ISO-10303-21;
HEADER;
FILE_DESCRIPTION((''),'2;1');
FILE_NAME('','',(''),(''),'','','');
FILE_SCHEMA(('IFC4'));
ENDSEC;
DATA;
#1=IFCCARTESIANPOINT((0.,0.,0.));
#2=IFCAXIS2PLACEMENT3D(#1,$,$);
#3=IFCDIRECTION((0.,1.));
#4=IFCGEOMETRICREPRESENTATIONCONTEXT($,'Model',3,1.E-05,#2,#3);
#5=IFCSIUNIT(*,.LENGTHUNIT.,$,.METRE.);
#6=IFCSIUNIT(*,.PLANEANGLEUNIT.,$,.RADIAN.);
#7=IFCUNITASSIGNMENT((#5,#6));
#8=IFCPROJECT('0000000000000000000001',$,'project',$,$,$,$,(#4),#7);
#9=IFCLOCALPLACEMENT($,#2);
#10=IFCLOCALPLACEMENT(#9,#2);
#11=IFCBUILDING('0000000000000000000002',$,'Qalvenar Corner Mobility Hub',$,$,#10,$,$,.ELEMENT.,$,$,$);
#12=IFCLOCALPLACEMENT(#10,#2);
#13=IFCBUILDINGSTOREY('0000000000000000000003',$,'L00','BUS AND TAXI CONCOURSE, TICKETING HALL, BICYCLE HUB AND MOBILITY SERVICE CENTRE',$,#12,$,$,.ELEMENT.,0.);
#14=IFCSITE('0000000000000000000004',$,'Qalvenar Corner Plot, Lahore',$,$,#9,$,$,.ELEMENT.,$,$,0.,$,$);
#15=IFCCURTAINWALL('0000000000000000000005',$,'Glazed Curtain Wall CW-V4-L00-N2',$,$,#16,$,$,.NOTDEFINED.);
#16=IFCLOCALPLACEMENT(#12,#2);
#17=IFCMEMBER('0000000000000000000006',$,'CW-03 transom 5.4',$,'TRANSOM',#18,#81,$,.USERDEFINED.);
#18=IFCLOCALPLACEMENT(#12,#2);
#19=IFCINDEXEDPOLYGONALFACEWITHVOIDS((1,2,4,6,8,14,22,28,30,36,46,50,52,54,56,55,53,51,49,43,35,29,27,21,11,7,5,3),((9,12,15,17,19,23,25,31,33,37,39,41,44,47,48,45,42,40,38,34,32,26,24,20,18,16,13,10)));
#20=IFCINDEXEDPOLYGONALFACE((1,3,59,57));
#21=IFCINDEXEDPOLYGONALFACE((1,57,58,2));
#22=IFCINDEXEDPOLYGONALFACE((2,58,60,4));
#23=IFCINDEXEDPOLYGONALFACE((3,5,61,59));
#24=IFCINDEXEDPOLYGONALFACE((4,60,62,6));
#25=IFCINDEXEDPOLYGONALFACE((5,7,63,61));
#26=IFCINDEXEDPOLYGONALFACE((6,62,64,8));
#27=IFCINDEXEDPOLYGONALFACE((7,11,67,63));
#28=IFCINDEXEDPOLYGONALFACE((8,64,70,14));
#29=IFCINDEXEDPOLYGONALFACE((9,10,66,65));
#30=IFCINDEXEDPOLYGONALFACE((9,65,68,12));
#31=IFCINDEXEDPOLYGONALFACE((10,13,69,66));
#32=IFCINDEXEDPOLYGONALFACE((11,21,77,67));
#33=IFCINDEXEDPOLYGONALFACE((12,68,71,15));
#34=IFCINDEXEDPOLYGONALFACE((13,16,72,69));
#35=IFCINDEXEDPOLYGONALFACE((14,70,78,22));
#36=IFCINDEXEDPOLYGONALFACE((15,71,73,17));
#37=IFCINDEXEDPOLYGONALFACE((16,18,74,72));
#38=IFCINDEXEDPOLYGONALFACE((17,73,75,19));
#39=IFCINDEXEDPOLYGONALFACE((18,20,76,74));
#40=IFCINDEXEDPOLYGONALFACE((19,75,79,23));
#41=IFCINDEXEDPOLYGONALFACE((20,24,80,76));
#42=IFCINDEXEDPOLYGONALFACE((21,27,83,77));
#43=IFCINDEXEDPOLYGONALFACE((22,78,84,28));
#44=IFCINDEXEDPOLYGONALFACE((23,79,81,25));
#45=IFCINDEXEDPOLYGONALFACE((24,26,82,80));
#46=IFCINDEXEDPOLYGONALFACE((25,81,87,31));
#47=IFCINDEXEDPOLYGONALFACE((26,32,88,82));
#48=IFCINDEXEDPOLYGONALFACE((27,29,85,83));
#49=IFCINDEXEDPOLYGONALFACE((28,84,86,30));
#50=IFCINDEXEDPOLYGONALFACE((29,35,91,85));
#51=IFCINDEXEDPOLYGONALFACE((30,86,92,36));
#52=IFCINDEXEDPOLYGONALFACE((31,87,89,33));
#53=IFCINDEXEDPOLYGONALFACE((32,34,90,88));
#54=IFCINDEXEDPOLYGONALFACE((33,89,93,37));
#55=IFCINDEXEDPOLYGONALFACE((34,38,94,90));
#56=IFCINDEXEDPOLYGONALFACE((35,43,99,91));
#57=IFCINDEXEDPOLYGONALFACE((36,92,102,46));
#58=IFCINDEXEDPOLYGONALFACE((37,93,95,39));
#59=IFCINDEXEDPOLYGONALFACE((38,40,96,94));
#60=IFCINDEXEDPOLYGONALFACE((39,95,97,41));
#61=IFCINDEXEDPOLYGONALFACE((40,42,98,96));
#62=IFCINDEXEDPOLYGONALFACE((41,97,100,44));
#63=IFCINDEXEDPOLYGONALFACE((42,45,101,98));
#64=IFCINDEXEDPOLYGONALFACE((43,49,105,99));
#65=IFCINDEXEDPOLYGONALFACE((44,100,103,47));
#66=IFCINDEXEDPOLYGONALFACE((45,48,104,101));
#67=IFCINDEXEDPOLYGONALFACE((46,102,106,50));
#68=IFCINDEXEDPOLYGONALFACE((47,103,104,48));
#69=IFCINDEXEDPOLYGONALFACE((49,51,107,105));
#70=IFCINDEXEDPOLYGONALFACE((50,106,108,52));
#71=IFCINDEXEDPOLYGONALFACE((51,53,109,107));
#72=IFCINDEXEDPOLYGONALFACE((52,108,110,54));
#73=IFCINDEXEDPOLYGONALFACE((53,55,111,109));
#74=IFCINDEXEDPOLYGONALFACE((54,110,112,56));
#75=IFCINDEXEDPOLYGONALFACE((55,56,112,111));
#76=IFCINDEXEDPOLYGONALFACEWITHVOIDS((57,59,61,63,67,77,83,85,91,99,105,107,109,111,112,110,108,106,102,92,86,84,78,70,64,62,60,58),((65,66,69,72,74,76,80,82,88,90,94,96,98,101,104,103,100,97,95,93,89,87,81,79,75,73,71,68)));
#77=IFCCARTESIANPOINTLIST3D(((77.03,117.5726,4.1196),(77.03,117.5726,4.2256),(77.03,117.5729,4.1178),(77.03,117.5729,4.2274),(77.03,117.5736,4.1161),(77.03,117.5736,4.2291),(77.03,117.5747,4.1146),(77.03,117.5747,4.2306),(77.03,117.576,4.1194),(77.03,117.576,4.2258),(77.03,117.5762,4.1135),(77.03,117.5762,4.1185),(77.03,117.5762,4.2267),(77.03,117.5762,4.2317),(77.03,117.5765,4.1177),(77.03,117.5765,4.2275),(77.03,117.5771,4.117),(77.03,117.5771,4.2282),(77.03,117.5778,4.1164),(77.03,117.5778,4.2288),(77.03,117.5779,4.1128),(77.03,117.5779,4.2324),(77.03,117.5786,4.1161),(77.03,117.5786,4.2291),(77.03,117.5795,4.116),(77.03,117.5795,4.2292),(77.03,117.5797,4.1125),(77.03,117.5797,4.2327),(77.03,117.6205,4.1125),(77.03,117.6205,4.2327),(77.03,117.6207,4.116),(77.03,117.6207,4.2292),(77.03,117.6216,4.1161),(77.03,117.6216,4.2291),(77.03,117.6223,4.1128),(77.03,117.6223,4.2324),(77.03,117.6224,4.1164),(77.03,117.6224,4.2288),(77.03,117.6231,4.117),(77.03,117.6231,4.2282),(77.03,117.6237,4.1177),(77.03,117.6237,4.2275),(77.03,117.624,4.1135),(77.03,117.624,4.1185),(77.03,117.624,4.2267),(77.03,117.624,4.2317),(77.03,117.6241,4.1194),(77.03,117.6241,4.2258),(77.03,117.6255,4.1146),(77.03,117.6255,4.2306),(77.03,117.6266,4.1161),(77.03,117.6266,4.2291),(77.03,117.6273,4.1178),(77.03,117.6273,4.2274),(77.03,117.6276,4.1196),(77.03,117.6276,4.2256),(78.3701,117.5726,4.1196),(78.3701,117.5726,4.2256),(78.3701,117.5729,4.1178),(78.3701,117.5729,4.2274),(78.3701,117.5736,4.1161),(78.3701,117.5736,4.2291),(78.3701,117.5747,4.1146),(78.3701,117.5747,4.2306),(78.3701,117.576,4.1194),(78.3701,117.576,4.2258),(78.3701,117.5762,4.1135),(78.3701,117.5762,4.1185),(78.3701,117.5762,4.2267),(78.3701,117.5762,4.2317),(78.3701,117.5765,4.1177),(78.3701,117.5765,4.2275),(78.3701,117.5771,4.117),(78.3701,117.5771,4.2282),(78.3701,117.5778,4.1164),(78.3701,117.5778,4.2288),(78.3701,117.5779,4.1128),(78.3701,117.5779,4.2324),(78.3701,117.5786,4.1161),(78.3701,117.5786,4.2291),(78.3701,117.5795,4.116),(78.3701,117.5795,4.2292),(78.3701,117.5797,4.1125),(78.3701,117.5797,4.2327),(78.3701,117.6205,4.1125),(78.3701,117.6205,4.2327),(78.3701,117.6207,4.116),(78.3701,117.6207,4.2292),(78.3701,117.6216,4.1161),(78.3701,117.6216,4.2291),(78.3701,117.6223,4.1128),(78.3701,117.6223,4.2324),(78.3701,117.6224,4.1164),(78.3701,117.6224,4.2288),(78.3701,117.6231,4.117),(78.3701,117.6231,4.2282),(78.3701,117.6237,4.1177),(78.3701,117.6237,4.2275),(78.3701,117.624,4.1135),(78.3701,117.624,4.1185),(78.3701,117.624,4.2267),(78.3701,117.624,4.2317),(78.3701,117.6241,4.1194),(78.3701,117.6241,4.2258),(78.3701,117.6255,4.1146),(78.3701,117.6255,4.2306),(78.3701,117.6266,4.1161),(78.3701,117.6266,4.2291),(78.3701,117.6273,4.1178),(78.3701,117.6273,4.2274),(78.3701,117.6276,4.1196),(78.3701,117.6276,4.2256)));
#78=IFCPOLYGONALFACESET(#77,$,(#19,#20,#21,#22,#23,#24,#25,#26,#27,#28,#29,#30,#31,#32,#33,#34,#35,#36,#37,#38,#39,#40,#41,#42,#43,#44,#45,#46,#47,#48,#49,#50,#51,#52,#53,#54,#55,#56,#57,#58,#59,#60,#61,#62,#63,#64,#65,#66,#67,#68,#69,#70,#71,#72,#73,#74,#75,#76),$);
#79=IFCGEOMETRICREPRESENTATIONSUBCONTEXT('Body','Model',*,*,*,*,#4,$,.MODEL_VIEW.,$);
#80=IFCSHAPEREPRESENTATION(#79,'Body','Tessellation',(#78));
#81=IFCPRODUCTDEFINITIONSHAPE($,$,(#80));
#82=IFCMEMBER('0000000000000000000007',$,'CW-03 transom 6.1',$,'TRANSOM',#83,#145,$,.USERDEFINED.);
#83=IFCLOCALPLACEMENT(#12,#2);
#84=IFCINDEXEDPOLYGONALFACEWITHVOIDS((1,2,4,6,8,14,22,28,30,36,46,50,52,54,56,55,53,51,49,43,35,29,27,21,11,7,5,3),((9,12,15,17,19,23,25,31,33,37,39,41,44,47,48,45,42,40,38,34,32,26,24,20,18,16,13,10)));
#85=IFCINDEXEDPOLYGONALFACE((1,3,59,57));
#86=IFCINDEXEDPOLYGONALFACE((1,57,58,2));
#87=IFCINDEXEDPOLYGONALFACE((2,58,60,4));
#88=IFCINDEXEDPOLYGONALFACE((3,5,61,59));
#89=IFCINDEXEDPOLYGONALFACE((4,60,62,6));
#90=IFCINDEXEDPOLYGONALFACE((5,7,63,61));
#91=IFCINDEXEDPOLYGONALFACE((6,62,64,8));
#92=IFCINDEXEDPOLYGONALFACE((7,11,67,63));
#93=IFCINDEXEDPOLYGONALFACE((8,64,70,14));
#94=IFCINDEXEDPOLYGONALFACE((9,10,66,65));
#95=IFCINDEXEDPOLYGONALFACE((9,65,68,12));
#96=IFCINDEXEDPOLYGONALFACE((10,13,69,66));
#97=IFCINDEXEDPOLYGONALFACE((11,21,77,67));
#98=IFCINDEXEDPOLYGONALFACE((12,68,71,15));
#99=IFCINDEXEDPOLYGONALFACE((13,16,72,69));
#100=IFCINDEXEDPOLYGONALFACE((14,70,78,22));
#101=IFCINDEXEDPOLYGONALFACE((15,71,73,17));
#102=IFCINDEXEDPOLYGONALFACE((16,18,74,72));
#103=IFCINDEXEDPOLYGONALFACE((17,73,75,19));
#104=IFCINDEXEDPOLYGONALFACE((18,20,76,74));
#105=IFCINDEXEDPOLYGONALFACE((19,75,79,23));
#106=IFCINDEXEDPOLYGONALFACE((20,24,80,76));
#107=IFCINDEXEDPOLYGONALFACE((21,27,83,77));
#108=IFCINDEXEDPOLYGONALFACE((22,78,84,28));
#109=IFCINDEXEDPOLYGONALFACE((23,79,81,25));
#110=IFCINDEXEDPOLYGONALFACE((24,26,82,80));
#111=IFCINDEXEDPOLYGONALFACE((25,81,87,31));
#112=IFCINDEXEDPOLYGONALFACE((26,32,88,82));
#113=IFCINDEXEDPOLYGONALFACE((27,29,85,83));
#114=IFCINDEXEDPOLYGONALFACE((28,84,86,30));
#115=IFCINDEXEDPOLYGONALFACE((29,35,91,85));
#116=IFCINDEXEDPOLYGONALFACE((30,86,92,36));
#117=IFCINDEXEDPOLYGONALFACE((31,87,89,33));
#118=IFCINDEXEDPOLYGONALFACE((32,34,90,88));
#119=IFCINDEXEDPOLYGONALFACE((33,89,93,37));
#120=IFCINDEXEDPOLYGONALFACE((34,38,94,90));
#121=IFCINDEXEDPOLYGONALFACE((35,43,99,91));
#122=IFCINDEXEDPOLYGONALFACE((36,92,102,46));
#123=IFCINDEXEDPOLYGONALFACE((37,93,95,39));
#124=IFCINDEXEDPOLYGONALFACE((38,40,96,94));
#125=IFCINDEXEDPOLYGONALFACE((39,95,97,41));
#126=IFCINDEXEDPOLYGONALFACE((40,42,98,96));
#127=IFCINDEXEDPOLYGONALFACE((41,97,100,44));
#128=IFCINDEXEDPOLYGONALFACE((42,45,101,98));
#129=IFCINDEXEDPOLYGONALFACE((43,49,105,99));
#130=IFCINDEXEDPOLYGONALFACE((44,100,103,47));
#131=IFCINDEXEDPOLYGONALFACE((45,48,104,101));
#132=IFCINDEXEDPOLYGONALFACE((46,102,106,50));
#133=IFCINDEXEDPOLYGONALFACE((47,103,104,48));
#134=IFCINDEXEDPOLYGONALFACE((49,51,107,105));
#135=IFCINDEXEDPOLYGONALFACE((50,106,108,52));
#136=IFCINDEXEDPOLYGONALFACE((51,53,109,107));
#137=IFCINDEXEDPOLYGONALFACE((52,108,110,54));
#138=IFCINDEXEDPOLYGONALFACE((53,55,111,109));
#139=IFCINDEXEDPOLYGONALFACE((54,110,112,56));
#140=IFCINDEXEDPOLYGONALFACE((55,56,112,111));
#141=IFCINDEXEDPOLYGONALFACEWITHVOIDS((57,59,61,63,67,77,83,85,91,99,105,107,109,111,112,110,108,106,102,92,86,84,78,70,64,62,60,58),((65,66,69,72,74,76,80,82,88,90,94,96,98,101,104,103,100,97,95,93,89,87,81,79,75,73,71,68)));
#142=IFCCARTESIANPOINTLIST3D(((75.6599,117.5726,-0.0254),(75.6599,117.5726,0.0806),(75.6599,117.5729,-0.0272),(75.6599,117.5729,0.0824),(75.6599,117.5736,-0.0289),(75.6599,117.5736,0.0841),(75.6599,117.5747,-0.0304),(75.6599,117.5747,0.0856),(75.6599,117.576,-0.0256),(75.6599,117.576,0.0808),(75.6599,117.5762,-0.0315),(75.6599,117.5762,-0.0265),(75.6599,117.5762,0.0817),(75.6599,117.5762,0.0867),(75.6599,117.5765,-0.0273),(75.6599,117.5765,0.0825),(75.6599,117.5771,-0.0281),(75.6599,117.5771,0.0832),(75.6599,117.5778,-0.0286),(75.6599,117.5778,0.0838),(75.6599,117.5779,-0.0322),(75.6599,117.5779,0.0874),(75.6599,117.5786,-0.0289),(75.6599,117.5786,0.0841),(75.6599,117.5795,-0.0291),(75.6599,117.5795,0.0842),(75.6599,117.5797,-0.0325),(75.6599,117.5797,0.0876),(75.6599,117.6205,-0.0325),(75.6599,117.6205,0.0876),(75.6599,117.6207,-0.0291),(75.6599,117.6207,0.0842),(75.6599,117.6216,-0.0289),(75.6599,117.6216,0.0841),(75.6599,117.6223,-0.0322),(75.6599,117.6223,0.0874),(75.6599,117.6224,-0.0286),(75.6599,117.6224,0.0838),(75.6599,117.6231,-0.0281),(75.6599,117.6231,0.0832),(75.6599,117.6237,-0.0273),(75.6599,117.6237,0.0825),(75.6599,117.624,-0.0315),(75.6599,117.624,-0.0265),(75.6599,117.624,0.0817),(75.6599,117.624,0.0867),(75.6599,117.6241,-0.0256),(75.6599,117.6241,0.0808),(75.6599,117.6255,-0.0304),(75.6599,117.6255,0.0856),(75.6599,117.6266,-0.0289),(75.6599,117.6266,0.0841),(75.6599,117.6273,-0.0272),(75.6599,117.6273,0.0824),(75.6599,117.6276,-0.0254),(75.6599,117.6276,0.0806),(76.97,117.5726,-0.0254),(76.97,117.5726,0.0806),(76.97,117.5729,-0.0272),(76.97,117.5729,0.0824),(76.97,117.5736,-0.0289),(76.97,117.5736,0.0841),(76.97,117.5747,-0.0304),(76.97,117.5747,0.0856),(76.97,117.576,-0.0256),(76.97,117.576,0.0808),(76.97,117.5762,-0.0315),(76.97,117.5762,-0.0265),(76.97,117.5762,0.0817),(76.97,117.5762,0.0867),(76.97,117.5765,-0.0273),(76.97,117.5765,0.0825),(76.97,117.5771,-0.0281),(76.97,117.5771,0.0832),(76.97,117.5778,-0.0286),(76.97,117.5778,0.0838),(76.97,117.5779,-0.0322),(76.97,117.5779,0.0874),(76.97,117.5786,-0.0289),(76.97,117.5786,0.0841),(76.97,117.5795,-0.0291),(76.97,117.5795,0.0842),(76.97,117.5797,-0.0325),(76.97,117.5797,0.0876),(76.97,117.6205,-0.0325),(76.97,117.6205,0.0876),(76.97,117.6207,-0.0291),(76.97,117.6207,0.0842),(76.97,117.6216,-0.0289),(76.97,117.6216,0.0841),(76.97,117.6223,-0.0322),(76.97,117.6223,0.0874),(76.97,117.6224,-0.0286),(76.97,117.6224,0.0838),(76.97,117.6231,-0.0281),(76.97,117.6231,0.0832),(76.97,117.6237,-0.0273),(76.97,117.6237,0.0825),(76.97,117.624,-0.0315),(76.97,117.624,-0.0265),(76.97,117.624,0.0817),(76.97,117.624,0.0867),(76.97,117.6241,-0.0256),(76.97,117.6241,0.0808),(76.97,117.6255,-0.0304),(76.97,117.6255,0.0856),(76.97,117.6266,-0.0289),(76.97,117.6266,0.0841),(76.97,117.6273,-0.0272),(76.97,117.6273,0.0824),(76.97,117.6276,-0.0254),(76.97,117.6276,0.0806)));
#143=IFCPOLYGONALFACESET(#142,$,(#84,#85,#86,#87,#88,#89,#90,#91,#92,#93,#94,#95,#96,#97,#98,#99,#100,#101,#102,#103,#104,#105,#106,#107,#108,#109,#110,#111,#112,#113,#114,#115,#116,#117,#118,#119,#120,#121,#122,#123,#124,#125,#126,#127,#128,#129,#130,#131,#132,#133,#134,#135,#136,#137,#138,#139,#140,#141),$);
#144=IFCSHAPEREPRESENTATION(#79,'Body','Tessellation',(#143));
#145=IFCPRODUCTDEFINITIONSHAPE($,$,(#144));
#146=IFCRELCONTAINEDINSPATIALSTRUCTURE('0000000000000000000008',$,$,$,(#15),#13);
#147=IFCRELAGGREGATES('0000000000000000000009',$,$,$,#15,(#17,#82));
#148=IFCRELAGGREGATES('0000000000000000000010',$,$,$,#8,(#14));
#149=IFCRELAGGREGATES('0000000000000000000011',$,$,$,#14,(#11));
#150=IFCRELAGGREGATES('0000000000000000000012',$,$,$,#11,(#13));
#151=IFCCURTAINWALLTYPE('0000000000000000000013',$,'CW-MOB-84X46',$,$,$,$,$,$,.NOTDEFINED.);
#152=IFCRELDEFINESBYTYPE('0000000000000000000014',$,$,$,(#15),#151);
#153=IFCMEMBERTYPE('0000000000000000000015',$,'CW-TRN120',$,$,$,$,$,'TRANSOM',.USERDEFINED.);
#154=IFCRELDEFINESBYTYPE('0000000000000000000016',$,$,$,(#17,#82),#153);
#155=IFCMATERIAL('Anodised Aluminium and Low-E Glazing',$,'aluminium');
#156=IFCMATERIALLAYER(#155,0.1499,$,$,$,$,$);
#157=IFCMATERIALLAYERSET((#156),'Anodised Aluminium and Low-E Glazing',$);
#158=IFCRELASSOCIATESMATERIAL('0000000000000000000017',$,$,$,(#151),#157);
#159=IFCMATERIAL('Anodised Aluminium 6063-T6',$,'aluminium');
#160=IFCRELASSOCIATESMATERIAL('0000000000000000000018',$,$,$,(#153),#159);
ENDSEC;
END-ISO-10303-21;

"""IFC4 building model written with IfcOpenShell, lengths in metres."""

from ifc_helpers import new_model, si_unit, direction, frame, origin, origin_2d, place, context, subcontext, project, spatial, hollow_rectangle, extrude, material, layer, layer_set, material_profile, profile_set, type_object, element, aggregate, save


model = new_model("IFC4")

# Units and contexts
model_context = context("Model", 3, precision=1e-05, world=origin(), true_north=direction((0.0, 1.0)))
body_context = subcontext(model_context, "Body", "Model", "MODEL_VIEW")
ifc_project = project(units=[si_unit("LENGTHUNIT", "METRE"), si_unit("PLANEANGLEUNIT", "RADIAN")], contexts=[model_context])

# Site, building, storey
site_placement = place(None, origin())
site = spatial("IfcSite", under=ifc_project, at=site_placement, Name="Qalvenar Corner Plot, Lahore", CompositionType="ELEMENT", RefElevation=0.0)
building_placement = place(site_placement, origin())
building = spatial("IfcBuilding", under=site, at=building_placement, Name="Qalvenar Corner Mobility Hub", CompositionType="ELEMENT")
storey_placement = place(building_placement, origin())
storey = spatial("IfcBuildingStorey", under=building, at=storey_placement, Name="L00", Description="BUS AND TAXI CONCOURSE, TICKETING HALL, BICYCLE HUB AND MOBILITY SERVICE CENTRE", CompositionType="ELEMENT", Elevation=0.0)

# Curtain wall, members
ifc_material_1 = material(Name="Anodised Aluminium and Low-E Glazing", Category="aluminium")
ifc_layer_1 = layer(ifc_material_1, 0.1499)
ifc_layer_set_1 = layer_set([ifc_layer_1], Name="Anodised Aluminium and Low-E Glazing")
curtain_wall_type = type_object("IfcCurtainWallType", Name="CW-MOB-84X46", PredefinedType="NOTDEFINED", material=ifc_layer_set_1)
curtain_wall_placement = place(storey_placement, origin())
curtain_wall = element("IfcCurtainWall", 1, at=curtain_wall_placement, inside=storey, type_object=curtain_wall_type, Name="Glazed Curtain Wall CW-V4-L00-N2", PredefinedType="NOTDEFINED")
ifc_material_2 = material(Name="Anodised Aluminium 6063-T6", Category="aluminium")
ifc_material_profile_1 = material_profile(ifc_material_2, hollow_rectangle(XDim=0.0549, YDim=0.1201, WallThickness=0.0034, InnerFilletRadius=0.0034, OuterFilletRadius=0.0071, at=origin_2d()), Name="RHS120x55x3.5")
ifc_profile_set_1 = profile_set([ifc_material_profile_1], Name="Anodised Aluminium 6063-T6")
member_type_1 = type_object("IfcMemberType", Name="CW-TRN120", ElementType="TRANSOM", PredefinedType="USERDEFINED", material=ifc_profile_set_1)
member_1_placement = place(storey_placement, frame((78.3701, 117.6001, 4.1726), z_axis=(-1.0, 0.0, 0.0), x_axis=(0.0, -1.0, 0.0)))
member_1 = element("IfcMember", 2, at=member_1_placement, type_object=member_type_1, Name="CW-03 transom 5.4", ObjectType="TRANSOM", PredefinedType="USERDEFINED", context=body_context, shape_type="SweptSolid", body=[
    extrude(hollow_rectangle(XDim=0.0549, YDim=0.1201, WallThickness=0.0034, InnerFilletRadius=0.0034, OuterFilletRadius=0.0071, at=origin_2d()), origin(), (0.0, 0.0, 1.0), 1.3401),
])
member_2_placement = place(storey_placement, frame((76.97, 117.6001, 0.0276), z_axis=(-1.0, 0.0, 0.0), x_axis=(0.0, -1.0, 0.0)))
member_2 = element("IfcMember", 3, at=member_2_placement, type_object=member_type_1, Name="CW-03 transom 6.1", ObjectType="TRANSOM", PredefinedType="USERDEFINED", context=body_context, shape_type="SweptSolid", body=[
    extrude(hollow_rectangle(XDim=0.0549, YDim=0.1201, WallThickness=0.0034, InnerFilletRadius=0.0034, OuterFilletRadius=0.0071, at=origin_2d()), origin(), (0.0, 0.0, 1.0), 1.3101),
])
aggregate(curtain_wall, [member_1, member_2])

save(model, "model.ifc")
